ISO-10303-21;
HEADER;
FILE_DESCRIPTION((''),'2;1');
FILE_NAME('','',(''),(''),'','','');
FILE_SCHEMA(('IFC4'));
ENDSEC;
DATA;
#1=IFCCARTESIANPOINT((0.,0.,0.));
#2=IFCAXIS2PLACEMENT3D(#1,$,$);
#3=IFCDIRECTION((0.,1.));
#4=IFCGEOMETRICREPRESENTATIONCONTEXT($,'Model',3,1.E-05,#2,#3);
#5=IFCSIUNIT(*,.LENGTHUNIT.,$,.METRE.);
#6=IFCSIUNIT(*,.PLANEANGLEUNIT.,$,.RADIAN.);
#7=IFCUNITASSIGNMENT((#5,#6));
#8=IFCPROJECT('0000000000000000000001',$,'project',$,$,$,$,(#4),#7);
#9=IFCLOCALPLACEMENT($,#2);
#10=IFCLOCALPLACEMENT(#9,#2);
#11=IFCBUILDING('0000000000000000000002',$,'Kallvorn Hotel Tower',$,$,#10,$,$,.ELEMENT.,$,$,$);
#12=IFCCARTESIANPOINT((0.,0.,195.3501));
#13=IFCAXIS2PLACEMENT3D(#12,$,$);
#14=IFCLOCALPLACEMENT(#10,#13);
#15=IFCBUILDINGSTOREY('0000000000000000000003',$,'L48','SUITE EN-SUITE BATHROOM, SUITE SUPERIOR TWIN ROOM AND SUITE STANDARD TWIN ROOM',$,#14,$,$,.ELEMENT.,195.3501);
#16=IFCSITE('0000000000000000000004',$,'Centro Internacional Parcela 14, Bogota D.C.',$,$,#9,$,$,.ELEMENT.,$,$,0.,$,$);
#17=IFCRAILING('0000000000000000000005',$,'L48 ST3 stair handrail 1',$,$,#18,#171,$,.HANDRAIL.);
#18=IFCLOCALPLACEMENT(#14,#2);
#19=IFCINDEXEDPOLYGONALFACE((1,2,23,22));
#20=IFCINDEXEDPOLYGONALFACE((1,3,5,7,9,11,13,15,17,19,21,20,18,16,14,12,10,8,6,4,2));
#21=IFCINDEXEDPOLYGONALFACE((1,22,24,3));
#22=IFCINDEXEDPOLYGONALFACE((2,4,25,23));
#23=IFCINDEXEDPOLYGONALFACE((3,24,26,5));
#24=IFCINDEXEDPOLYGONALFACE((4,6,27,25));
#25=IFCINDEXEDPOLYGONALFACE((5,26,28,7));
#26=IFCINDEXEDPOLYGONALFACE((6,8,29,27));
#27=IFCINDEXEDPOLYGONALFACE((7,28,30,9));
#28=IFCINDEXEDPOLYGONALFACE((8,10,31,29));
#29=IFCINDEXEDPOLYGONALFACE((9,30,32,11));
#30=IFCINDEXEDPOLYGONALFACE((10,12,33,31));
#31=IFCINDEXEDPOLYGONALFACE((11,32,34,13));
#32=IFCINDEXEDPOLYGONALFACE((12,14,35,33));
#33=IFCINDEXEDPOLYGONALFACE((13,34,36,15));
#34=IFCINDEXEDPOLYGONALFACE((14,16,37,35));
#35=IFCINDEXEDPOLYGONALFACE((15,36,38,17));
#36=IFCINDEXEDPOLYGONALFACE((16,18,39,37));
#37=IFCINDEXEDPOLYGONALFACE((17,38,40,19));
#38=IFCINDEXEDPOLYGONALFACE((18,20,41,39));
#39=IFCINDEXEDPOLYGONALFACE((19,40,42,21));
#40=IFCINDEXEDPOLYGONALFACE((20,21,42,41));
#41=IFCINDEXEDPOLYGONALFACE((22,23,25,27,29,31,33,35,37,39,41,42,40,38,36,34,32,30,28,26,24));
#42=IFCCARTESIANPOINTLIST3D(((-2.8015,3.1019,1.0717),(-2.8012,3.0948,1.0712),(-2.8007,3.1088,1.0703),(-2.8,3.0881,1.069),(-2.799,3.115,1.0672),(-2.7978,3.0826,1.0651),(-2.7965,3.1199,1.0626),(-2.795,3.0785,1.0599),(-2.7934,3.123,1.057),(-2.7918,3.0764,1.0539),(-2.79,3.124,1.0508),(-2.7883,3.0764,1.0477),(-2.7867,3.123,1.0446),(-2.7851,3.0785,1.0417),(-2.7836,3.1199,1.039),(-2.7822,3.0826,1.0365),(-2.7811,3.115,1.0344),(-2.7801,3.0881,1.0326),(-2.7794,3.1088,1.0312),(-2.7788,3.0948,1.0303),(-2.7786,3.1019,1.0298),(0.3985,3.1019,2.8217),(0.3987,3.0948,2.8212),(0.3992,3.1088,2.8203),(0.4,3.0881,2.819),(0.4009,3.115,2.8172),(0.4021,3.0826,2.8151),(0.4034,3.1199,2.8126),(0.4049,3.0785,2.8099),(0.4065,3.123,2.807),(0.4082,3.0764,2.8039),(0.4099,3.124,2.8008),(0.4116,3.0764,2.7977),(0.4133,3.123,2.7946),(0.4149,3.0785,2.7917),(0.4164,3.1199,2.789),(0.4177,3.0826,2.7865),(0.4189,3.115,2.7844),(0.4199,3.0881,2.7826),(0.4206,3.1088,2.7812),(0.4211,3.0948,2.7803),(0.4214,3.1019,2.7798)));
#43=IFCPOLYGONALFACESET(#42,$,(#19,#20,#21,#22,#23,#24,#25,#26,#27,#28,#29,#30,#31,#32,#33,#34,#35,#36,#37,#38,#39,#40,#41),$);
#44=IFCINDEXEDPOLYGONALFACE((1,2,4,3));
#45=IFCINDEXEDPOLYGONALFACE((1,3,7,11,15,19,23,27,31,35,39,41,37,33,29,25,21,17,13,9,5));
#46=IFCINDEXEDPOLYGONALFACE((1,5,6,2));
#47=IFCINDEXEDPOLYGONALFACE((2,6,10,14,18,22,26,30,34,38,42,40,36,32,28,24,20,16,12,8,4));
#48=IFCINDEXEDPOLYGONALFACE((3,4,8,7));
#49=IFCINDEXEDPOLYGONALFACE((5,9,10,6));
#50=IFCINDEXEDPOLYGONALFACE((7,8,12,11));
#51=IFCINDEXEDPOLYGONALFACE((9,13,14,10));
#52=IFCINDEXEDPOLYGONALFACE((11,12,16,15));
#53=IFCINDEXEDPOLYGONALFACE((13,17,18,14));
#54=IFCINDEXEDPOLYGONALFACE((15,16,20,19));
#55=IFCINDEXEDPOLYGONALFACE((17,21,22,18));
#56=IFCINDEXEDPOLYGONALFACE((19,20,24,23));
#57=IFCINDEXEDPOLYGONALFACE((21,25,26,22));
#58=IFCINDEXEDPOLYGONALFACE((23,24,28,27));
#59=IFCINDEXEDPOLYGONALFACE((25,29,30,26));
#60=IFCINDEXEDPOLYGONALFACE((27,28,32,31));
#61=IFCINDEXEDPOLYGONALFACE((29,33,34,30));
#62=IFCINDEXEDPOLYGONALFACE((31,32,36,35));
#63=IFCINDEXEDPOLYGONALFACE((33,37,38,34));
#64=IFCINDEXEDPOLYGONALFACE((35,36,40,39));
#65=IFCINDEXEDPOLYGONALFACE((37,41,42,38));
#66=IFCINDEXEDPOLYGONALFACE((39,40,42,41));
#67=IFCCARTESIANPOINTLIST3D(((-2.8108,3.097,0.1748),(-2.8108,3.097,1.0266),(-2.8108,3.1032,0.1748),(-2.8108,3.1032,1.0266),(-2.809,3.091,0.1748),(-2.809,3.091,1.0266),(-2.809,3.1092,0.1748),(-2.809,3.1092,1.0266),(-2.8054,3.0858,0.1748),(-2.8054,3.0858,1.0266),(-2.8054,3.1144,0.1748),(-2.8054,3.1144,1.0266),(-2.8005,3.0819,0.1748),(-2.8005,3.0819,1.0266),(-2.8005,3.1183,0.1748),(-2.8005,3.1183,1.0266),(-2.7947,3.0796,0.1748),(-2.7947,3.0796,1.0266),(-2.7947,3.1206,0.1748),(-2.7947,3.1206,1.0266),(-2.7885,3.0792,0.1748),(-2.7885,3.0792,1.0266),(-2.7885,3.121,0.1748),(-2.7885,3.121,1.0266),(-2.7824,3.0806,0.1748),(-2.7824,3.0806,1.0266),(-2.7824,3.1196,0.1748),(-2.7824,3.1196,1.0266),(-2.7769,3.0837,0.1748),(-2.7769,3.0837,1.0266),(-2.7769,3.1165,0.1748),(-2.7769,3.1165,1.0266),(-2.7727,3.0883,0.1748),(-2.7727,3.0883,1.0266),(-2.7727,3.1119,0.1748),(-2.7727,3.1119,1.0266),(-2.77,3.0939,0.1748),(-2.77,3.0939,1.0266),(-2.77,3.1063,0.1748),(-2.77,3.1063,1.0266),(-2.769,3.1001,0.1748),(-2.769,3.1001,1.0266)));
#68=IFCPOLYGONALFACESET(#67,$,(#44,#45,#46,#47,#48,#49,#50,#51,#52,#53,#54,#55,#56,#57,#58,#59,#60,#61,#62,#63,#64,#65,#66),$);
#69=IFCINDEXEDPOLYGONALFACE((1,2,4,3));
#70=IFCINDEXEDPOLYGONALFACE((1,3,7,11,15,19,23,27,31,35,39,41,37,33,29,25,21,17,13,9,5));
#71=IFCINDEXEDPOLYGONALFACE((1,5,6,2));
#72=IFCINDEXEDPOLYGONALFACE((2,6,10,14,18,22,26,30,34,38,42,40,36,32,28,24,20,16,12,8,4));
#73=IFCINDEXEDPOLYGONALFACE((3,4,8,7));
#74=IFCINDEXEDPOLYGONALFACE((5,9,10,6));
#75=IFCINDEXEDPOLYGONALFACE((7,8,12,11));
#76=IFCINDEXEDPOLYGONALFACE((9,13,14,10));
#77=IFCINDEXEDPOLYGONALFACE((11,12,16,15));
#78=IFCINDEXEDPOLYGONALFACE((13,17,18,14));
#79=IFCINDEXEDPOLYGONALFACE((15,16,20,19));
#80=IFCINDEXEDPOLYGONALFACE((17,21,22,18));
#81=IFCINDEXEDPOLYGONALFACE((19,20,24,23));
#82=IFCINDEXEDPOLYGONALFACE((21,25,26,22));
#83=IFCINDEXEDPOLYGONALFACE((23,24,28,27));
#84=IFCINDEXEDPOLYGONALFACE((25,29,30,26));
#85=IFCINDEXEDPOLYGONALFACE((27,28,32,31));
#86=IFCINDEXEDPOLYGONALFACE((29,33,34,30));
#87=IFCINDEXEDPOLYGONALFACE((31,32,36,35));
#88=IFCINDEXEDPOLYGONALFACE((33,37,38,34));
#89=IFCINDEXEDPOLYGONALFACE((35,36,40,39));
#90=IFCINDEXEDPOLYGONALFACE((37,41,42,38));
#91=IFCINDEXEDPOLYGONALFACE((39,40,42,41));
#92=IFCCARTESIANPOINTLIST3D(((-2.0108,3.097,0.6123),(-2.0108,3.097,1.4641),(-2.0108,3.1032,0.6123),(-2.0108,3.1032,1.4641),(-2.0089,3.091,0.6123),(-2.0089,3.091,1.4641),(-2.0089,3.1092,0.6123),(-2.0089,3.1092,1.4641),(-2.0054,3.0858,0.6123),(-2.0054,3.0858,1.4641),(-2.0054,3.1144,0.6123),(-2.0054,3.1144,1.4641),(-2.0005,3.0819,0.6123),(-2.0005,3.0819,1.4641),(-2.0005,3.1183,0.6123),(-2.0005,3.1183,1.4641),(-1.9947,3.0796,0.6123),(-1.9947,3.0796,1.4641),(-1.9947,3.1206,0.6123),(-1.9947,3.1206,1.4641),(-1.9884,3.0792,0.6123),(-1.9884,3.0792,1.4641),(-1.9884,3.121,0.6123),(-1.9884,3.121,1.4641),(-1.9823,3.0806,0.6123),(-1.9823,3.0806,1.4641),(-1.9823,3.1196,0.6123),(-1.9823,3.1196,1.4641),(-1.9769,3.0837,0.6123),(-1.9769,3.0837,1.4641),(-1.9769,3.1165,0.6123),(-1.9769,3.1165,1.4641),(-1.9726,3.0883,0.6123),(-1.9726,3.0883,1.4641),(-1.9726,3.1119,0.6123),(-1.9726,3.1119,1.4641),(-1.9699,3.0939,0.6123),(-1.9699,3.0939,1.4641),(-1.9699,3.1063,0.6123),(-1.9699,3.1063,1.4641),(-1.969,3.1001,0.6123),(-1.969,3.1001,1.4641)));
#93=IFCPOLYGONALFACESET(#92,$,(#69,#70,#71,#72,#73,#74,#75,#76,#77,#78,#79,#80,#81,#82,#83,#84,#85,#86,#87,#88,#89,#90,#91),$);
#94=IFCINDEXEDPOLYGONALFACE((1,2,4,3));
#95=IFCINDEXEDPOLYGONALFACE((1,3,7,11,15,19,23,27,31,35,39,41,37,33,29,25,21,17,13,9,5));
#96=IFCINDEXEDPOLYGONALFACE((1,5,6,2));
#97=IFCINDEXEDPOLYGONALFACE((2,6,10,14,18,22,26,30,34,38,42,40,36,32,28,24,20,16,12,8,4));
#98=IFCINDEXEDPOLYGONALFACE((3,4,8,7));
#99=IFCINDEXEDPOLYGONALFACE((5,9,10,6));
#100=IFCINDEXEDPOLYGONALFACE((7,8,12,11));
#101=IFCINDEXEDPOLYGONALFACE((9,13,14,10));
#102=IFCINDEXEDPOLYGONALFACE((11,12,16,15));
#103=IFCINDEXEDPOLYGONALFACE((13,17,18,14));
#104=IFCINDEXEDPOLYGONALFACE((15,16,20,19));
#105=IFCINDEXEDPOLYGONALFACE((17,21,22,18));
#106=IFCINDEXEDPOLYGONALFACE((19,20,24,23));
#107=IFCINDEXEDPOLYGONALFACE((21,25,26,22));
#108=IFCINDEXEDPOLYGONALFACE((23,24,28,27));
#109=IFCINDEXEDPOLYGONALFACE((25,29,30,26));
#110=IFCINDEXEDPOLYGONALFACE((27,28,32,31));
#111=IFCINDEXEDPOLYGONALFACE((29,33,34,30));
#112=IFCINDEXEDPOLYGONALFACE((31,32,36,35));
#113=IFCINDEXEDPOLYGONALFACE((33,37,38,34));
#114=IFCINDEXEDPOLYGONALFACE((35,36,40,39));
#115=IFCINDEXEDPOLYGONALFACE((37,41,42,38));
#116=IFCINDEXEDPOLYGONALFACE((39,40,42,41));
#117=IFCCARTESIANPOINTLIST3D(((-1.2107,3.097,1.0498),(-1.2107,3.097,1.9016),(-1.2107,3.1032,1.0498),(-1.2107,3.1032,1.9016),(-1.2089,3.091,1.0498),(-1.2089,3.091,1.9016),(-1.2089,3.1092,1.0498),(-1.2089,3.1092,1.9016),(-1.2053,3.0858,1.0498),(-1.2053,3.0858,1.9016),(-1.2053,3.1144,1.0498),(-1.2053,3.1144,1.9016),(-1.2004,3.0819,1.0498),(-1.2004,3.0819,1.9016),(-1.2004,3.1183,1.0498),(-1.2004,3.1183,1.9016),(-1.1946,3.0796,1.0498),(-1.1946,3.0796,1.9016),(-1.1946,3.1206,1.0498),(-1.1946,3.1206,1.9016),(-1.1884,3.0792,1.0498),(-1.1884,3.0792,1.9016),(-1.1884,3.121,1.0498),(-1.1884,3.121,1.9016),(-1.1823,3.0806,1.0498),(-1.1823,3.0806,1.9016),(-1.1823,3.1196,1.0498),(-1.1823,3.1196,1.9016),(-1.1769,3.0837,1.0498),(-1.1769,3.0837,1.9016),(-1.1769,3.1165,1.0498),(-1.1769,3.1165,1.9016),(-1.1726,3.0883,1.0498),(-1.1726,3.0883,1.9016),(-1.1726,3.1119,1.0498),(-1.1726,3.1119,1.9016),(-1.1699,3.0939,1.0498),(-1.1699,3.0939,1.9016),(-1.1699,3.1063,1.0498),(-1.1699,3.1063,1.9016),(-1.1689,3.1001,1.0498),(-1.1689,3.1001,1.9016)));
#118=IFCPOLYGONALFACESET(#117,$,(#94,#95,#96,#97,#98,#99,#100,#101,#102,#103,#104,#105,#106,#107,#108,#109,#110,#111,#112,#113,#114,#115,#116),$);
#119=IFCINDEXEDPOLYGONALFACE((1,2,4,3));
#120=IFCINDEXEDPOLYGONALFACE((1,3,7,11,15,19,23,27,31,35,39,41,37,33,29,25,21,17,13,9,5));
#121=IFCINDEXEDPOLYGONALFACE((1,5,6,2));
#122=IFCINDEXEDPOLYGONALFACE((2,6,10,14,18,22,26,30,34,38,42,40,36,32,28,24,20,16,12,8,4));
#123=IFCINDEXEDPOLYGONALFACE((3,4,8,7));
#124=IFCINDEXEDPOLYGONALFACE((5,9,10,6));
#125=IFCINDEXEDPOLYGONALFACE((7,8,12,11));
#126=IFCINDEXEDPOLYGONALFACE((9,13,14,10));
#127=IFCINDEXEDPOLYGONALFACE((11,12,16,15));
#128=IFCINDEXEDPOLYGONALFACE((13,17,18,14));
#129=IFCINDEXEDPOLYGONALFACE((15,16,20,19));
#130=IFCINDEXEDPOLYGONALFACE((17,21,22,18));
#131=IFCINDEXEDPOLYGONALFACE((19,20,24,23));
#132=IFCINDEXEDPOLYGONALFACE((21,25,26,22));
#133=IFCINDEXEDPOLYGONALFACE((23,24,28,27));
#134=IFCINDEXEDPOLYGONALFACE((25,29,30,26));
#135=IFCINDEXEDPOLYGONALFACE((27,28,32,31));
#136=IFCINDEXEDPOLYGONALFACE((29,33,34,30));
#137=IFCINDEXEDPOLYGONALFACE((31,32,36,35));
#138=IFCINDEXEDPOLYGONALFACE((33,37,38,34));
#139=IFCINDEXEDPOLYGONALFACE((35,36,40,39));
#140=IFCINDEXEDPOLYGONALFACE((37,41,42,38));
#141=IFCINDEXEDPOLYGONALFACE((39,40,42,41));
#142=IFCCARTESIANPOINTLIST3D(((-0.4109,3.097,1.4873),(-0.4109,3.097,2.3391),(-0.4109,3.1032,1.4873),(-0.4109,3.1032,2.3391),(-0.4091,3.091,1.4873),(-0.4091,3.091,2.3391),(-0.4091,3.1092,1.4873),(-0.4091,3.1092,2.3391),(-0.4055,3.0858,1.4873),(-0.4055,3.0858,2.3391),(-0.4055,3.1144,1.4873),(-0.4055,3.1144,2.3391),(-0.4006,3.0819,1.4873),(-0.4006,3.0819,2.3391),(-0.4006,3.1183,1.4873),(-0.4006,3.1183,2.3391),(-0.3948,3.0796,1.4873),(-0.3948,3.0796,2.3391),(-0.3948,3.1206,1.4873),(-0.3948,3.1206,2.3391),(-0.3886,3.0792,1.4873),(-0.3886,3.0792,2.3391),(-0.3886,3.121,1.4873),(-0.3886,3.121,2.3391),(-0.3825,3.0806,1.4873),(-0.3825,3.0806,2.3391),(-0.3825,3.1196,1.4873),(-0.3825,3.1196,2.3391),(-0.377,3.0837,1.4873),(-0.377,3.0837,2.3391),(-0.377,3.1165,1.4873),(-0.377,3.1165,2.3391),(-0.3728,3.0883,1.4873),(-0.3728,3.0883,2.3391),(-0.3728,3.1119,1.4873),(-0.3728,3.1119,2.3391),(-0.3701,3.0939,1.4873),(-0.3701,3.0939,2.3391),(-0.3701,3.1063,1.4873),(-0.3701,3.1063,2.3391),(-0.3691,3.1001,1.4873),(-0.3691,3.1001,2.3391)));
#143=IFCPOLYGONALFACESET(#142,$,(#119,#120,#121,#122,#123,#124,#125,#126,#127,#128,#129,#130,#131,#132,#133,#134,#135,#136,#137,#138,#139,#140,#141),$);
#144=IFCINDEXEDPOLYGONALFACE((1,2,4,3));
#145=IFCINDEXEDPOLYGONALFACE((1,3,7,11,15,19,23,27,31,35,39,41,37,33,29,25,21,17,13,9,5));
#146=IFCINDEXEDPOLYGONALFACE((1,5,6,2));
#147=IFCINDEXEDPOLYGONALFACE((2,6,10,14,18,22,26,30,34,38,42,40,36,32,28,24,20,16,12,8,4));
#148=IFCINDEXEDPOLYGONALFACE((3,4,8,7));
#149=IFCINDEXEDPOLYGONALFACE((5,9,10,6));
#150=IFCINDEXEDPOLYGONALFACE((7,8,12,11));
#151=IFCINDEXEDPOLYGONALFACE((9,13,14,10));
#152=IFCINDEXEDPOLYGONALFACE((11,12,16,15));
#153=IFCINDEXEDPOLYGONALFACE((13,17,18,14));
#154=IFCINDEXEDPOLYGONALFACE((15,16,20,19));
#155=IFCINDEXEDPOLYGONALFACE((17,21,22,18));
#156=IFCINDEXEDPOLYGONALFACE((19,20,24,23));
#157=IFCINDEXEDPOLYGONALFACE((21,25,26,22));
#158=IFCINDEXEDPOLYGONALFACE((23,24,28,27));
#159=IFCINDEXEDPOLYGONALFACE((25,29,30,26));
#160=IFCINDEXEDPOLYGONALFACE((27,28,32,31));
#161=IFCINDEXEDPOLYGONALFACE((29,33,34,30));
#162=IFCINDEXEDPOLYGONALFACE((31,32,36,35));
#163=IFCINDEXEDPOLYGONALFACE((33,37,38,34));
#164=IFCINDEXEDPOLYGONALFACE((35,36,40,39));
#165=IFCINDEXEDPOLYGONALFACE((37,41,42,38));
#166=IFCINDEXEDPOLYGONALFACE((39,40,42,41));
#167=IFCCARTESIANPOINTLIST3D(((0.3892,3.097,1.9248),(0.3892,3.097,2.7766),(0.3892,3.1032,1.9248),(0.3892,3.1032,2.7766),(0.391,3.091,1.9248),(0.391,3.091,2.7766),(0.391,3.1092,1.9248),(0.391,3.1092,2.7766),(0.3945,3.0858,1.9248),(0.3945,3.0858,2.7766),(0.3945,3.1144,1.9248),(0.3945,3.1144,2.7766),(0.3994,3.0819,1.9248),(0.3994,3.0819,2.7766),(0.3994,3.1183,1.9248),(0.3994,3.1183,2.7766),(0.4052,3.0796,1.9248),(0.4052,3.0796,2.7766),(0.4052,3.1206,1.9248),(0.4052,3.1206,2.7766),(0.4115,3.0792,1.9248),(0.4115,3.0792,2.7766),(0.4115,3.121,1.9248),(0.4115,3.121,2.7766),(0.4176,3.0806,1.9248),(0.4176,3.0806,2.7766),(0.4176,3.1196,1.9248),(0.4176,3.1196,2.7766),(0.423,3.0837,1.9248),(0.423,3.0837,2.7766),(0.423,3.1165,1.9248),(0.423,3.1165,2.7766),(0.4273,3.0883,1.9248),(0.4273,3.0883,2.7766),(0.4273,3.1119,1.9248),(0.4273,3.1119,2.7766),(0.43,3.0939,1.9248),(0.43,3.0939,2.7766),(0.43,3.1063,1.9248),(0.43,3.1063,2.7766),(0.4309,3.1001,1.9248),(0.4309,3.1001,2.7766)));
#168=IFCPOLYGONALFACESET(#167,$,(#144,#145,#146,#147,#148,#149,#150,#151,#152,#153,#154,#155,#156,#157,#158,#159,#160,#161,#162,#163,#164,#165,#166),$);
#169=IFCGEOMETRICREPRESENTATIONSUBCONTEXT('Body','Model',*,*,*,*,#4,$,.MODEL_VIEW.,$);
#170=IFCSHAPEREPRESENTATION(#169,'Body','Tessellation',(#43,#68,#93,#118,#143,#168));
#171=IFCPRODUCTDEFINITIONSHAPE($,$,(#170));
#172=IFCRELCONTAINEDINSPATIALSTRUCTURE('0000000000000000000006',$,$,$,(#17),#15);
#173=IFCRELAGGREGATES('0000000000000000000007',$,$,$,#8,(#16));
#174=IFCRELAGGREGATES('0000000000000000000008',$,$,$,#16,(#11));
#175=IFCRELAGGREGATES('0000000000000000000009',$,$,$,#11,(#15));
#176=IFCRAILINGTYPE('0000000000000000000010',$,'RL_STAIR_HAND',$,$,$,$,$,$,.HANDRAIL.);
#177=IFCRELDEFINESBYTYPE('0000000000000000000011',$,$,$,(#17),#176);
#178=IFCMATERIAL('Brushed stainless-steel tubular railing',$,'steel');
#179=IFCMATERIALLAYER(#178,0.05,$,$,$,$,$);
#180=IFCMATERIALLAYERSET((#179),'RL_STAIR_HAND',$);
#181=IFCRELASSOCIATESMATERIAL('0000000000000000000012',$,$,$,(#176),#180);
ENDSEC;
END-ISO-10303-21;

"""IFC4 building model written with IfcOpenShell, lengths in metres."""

from ifc_helpers import new_model, si_unit, direction, frame, origin, origin_2d, place, context, subcontext, project, spatial, circle, extrude, material, layer, layer_set, type_object, element, save


model = new_model("IFC4")

# Units and contexts
model_context = context("Model", 3, precision=1e-05, world=origin(), true_north=direction((0.0, 1.0)))
body_context = subcontext(model_context, "Body", "Model", "MODEL_VIEW")
ifc_project = project(units=[si_unit("LENGTHUNIT", "METRE"), si_unit("PLANEANGLEUNIT", "RADIAN")], contexts=[model_context])

# Site, building, storey
site_placement = place(None, origin())
site = spatial("IfcSite", under=ifc_project, at=site_placement, Name="Centro Internacional Parcela 14, Bogota D.C.", CompositionType="ELEMENT", RefElevation=0.0)
building_placement = place(site_placement, origin())
building = spatial("IfcBuilding", under=site, at=building_placement, Name="Kallvorn Hotel Tower", CompositionType="ELEMENT")
storey_placement = place(building_placement, frame((0.0, 0.0, 195.3501)))
storey = spatial("IfcBuildingStorey", under=building, at=storey_placement, Name="L48", Description="SUITE EN-SUITE BATHROOM, SUITE SUPERIOR TWIN ROOM AND SUITE STANDARD TWIN ROOM", CompositionType="ELEMENT", Elevation=195.3501)

# Railing
ifc_material_1 = material(Name="Brushed stainless-steel tubular railing", Category="steel")
ifc_layer_1 = layer(ifc_material_1, 0.05)
ifc_layer_set_1 = layer_set([ifc_layer_1], Name="RL_STAIR_HAND")
railing_type_1 = type_object("IfcRailingType", Name="RL_STAIR_HAND", PredefinedType="HANDRAIL", material=ifc_layer_set_1)
railing_1_placement = place(storey_placement, frame((-2.79, 3.1001, 0.1748)))
element("IfcRailing", 1, at=railing_1_placement, inside=storey, type_object=railing_type_1, Name="L48 ST3 stair handrail 1", PredefinedType="HANDRAIL", context=body_context, shape_type="SweptSolid", body=[
    extrude(circle(Radius=0.0239, at=origin_2d()), frame((0.0, 0.0, 0.876), z_axis=(0.877368, 0.0, 0.479818), x_axis=(0.0, 1.0, 0.0)), (0.0, 0.0, 1.0), 3.6472),
    extrude(circle(Radius=0.021, at=origin_2d()), origin(), (0.0, 0.0, 1.0), 0.8518),
    extrude(circle(Radius=0.021, at=origin_2d()), frame((0.8, 0.0, 0.4375)), (0.0, 0.0, 1.0), 0.8518),
    extrude(circle(Radius=0.021, at=origin_2d()), frame((1.6001, 0.0, 0.875)), (0.0, 0.0, 1.0), 0.8518),
    extrude(circle(Radius=0.021, at=origin_2d()), frame((2.3999, 0.0, 1.3125)), (0.0, 0.0, 1.0), 0.8518),
    extrude(circle(Radius=0.021, at=origin_2d()), frame((3.2, 0.0, 1.75)), (0.0, 0.0, 1.0), 0.8518),
])

save(model, "model.ifc")
